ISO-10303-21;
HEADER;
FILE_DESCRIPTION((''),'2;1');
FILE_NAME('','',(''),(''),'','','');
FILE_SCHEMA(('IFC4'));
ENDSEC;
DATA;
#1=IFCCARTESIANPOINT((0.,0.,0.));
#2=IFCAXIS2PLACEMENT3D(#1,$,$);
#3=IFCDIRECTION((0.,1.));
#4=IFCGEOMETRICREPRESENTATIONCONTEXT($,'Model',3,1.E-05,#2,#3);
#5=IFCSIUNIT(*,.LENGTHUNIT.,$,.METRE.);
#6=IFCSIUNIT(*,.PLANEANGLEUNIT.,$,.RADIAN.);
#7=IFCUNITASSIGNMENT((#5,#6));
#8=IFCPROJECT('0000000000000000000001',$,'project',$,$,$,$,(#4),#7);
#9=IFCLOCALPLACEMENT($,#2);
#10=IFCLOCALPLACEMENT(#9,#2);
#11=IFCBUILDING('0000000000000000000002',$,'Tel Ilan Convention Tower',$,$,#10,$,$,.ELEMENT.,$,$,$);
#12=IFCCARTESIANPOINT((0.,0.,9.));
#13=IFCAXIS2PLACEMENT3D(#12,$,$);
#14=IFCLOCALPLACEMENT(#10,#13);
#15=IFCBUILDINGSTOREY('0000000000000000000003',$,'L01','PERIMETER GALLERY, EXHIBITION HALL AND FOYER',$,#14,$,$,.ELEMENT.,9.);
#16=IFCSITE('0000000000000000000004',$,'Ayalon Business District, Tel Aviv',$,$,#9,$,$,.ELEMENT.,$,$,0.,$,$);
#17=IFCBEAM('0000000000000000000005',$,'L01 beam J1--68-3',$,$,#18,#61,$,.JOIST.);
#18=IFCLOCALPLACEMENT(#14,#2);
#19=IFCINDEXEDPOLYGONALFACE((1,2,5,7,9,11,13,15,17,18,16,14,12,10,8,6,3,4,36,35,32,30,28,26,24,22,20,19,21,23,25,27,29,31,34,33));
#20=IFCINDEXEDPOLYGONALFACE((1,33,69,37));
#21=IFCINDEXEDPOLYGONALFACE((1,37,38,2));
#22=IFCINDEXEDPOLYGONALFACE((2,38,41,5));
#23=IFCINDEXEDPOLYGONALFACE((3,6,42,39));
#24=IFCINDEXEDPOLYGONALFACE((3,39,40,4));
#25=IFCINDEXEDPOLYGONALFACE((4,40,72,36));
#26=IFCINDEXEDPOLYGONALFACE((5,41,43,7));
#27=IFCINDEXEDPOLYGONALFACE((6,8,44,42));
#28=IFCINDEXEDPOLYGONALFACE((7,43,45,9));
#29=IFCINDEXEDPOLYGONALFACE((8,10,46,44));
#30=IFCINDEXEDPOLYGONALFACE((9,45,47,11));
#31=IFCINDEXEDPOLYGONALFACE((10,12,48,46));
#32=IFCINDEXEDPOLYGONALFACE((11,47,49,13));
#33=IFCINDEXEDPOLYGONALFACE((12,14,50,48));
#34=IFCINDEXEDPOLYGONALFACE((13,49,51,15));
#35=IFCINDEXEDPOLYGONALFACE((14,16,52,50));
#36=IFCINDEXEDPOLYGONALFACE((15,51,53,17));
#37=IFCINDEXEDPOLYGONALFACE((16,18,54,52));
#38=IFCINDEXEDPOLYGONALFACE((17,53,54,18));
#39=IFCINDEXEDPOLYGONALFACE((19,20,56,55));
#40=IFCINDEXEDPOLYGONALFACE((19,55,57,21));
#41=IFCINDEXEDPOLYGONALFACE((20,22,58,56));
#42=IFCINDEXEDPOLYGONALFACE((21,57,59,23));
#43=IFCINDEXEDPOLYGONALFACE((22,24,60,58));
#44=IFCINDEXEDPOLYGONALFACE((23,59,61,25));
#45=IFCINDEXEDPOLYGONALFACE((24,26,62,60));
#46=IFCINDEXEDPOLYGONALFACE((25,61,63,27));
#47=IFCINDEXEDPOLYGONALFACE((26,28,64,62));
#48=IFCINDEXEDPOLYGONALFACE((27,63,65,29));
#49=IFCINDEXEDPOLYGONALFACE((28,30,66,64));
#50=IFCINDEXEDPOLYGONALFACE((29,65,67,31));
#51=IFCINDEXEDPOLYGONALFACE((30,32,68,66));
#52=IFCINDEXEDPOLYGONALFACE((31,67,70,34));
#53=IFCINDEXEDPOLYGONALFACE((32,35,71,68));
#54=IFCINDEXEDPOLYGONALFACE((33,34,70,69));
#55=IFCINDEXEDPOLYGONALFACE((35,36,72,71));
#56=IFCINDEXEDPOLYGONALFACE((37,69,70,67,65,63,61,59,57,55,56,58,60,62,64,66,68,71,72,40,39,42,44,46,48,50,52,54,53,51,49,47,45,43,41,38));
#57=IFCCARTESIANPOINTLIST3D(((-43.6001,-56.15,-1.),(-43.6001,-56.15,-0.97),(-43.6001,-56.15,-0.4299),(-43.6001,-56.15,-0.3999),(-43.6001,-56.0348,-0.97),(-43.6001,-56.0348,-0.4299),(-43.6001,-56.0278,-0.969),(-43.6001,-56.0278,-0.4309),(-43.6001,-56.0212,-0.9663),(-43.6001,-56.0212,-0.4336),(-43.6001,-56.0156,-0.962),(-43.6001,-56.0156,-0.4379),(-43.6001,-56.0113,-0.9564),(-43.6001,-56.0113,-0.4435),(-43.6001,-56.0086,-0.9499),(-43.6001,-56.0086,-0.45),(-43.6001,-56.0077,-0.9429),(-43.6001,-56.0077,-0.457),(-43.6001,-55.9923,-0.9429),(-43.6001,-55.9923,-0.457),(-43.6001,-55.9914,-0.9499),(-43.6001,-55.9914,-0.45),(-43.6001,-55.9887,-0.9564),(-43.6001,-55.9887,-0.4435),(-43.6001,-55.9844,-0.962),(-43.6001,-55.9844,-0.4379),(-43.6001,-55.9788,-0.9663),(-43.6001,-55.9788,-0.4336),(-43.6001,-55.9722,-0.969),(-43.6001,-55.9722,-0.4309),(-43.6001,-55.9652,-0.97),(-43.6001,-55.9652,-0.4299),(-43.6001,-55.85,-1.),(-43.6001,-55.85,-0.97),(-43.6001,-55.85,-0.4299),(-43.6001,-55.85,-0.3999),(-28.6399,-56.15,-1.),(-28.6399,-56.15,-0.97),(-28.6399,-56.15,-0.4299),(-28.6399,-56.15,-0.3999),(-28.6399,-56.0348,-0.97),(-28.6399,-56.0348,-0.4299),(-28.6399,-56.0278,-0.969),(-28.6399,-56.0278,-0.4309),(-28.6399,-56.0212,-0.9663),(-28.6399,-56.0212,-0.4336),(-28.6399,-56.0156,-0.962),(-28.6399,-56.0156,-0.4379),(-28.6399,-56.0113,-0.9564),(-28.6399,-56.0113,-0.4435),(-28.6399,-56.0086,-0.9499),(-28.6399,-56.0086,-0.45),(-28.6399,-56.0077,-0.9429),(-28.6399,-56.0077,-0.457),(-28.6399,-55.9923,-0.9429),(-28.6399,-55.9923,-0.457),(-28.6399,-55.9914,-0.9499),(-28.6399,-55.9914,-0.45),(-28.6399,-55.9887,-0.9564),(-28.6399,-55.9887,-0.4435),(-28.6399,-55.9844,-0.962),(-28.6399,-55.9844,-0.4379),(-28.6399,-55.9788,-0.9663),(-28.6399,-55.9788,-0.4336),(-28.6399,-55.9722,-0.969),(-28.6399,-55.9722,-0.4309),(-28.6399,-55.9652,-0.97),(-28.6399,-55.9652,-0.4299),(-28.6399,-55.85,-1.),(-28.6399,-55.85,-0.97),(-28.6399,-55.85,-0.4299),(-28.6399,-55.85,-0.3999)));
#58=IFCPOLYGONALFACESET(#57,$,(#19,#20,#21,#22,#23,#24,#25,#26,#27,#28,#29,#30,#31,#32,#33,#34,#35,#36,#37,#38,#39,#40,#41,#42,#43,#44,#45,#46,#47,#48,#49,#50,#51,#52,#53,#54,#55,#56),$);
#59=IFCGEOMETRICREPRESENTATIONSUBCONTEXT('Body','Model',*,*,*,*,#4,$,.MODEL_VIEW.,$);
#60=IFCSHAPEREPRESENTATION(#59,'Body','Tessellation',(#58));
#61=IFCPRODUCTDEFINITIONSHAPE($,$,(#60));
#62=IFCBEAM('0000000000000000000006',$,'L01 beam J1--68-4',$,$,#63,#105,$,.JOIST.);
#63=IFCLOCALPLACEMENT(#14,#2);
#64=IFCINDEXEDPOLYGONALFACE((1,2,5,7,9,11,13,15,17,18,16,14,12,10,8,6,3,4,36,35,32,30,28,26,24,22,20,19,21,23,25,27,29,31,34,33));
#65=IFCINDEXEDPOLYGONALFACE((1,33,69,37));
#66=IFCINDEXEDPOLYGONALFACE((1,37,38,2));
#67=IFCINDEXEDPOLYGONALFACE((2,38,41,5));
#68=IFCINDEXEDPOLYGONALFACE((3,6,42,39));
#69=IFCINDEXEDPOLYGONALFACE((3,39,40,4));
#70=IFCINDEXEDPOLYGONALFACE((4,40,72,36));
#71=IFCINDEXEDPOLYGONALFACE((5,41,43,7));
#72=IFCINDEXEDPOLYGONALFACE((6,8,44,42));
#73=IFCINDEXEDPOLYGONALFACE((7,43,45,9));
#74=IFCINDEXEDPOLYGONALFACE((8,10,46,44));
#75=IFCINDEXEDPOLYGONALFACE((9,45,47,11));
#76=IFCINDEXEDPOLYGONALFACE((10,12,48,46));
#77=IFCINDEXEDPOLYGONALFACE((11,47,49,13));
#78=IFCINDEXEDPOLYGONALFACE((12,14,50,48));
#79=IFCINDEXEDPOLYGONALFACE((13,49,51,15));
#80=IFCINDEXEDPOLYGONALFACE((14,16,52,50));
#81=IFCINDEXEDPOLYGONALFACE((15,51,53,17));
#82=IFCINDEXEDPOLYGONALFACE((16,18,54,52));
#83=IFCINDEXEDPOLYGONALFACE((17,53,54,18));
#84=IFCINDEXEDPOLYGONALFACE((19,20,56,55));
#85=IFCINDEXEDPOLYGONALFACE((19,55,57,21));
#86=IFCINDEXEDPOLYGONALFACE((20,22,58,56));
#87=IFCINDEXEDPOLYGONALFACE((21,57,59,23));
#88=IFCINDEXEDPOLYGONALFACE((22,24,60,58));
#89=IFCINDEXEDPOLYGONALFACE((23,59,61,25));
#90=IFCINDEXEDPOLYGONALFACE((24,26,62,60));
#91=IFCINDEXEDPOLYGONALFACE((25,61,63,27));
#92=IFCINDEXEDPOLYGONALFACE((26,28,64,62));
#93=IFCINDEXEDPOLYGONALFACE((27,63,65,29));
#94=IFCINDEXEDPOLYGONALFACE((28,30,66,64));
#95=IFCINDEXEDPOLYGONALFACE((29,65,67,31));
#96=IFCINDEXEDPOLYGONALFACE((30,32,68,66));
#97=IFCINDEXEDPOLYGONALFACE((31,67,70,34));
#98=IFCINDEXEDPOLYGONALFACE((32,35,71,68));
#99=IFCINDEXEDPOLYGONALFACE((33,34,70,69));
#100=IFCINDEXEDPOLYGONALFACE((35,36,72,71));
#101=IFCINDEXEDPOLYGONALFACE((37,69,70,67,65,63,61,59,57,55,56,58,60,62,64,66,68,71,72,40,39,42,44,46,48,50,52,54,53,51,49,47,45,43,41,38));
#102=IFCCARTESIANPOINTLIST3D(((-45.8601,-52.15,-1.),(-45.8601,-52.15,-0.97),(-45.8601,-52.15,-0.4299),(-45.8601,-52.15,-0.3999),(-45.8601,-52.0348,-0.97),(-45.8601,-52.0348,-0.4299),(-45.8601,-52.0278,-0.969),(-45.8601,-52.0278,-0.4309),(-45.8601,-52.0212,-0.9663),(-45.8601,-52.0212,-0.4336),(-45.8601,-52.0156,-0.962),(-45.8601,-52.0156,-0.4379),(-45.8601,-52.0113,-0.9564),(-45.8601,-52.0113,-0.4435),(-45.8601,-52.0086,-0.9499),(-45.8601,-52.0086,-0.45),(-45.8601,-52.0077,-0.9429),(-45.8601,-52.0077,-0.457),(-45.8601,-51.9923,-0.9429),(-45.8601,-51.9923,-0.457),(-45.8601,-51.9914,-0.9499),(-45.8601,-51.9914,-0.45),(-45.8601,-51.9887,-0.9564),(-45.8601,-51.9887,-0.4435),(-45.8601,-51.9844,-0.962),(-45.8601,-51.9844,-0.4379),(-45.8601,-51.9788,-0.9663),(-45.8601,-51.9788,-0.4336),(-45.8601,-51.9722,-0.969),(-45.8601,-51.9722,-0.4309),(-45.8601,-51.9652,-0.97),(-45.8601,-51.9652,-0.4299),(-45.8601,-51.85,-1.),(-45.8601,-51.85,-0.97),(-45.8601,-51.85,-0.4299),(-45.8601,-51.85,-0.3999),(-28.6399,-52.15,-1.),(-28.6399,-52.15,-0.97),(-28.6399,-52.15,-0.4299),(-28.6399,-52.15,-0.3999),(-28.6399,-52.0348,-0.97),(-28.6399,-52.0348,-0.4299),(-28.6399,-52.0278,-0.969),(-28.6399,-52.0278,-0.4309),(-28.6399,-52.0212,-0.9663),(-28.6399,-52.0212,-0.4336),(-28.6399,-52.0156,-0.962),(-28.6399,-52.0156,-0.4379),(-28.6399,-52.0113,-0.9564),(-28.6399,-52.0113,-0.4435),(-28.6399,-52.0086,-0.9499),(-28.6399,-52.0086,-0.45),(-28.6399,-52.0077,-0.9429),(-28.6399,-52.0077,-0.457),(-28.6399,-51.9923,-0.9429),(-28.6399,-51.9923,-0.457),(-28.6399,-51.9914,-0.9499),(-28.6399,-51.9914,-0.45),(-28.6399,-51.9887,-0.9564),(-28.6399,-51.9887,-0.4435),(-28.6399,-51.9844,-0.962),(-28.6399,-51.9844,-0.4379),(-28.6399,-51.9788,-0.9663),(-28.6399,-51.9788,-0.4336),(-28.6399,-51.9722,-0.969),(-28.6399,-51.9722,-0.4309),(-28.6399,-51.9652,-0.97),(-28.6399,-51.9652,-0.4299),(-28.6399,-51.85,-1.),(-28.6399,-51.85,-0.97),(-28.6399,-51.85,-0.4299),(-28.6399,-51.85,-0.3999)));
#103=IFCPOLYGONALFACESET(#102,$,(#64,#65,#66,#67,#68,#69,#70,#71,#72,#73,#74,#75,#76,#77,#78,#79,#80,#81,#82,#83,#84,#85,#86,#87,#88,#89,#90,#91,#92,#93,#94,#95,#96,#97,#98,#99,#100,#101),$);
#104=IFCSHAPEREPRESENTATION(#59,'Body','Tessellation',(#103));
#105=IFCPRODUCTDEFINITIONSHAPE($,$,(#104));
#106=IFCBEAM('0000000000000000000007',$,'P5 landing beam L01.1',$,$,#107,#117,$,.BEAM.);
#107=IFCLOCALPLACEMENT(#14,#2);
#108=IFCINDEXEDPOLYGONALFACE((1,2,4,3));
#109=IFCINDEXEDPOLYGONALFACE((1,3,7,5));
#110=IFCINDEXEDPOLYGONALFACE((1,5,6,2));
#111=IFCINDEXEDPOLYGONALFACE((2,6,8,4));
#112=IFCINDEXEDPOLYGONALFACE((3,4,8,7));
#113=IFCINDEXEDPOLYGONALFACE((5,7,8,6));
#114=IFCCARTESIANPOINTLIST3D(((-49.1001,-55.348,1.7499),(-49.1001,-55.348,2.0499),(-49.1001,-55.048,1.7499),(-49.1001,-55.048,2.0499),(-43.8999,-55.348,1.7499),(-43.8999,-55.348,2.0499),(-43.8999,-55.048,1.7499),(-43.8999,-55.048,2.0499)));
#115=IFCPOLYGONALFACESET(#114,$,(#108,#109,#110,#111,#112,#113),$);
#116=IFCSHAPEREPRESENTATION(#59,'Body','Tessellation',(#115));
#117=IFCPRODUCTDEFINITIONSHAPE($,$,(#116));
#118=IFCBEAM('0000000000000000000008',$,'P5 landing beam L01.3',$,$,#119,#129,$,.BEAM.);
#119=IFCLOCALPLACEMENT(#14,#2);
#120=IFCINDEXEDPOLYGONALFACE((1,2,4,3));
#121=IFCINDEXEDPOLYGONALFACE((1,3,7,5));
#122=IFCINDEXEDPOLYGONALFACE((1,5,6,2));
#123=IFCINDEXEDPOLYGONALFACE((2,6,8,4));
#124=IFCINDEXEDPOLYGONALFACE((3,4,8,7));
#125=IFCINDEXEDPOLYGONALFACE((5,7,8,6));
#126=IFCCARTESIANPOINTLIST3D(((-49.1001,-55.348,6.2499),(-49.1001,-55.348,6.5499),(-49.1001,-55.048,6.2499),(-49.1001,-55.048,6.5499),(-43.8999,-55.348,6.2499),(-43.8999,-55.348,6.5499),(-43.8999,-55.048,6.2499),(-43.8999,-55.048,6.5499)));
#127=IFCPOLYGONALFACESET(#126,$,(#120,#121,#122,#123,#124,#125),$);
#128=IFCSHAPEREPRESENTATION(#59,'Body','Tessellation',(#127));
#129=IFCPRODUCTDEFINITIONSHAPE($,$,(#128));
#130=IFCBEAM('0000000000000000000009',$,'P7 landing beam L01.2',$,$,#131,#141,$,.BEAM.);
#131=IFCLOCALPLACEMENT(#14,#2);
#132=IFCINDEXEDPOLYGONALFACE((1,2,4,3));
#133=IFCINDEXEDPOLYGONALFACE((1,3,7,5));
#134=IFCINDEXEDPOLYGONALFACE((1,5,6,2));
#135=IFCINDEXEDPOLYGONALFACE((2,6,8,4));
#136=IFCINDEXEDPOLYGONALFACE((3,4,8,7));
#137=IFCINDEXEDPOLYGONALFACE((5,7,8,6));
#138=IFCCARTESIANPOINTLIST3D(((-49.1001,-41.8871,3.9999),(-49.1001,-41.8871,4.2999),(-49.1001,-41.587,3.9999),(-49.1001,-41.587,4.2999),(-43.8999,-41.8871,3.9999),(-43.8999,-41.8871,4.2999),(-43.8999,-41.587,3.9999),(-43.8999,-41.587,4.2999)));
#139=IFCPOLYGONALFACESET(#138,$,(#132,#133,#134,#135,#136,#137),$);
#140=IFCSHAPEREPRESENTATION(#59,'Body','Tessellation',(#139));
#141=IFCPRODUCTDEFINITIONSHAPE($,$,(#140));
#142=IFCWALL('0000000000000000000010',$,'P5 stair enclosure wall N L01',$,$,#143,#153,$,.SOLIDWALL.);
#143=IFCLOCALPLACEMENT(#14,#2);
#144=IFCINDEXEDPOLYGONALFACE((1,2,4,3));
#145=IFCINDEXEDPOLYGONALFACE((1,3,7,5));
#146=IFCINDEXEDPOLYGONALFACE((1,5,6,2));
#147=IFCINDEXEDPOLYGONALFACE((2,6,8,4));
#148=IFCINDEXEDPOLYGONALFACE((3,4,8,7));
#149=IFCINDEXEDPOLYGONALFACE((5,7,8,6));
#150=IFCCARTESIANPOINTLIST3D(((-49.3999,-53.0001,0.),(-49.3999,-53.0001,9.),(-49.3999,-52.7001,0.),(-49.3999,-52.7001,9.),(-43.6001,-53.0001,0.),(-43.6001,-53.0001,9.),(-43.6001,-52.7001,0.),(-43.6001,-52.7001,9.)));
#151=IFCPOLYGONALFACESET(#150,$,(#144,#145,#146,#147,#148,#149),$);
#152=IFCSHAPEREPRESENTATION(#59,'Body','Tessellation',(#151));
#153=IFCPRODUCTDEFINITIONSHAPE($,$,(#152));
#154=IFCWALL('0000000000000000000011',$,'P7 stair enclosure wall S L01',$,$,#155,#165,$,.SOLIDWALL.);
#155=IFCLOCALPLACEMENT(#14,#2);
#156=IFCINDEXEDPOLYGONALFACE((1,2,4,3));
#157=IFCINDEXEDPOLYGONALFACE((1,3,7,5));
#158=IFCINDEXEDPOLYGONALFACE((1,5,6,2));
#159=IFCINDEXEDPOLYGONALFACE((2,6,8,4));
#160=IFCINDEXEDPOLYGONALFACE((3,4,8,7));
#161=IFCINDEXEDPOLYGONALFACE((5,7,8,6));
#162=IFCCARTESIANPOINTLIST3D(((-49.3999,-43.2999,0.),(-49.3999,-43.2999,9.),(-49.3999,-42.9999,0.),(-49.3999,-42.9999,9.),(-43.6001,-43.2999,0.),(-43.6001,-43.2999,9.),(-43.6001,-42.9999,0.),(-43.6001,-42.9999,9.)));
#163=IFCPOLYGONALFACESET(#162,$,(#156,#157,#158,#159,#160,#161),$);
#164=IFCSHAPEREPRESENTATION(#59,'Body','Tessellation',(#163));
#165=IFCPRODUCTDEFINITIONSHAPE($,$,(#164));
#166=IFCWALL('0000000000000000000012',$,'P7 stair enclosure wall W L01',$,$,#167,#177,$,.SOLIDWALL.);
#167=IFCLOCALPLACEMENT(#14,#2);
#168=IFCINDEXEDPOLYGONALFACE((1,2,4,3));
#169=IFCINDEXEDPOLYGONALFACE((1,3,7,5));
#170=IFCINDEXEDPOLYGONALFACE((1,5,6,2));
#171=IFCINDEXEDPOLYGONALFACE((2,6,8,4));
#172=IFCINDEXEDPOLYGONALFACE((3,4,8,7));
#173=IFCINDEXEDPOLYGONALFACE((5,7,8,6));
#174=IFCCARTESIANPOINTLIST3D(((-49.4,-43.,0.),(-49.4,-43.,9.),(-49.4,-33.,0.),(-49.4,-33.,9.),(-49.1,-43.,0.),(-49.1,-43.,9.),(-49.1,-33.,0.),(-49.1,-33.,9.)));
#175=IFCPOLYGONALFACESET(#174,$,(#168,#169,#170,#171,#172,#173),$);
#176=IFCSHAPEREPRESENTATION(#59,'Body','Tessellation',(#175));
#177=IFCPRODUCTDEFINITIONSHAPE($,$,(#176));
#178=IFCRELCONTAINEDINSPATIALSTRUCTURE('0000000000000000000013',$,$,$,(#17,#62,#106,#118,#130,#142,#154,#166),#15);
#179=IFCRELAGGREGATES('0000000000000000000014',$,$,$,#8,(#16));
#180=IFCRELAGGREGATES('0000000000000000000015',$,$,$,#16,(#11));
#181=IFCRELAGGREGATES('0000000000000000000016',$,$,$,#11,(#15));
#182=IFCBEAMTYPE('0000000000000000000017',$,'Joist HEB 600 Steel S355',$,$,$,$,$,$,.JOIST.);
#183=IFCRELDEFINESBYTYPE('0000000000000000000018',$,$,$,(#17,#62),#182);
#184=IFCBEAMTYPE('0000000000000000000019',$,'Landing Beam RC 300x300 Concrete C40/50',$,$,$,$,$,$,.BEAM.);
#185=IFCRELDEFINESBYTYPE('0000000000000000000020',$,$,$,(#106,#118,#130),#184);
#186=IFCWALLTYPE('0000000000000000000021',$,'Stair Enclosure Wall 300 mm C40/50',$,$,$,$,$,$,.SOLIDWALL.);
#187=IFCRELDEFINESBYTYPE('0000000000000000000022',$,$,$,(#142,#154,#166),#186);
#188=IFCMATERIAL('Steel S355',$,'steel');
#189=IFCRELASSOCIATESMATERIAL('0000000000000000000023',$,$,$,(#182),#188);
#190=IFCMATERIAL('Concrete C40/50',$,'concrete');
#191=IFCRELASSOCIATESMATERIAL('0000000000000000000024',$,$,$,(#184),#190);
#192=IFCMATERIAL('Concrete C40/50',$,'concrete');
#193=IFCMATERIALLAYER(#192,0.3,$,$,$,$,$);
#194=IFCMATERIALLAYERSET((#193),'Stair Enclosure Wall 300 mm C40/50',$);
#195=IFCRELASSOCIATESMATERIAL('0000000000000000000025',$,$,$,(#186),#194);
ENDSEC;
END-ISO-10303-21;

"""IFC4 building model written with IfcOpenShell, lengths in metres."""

from ifc_helpers import new_model, si_unit, direction, frame, frame_2d, origin, origin_2d, place, context, subcontext, project, spatial, rectangle, i_section, extrude, material, layer, layer_set, material_profile, profile_set, type_object, element, save


model = new_model("IFC4")

# Units and contexts
model_context = context("Model", 3, precision=1e-05, world=origin(), true_north=direction((0.0, 1.0)))
body_context = subcontext(model_context, "Body", "Model", "MODEL_VIEW")
ifc_project = project(units=[si_unit("LENGTHUNIT", "METRE"), si_unit("PLANEANGLEUNIT", "RADIAN")], contexts=[model_context])

# Site, building, storey
site_placement = place(None, origin())
site = spatial("IfcSite", under=ifc_project, at=site_placement, Name="Ayalon Business District, Tel Aviv", CompositionType="ELEMENT", RefElevation=0.0)
building_placement = place(site_placement, origin())
building = spatial("IfcBuilding", under=site, at=building_placement, Name="Tel Ilan Convention Tower", CompositionType="ELEMENT")
storey_placement = place(building_placement, frame((0.0, 0.0, 9.0)))
storey = spatial("IfcBuildingStorey", under=building, at=storey_placement, Name="L01", Description="PERIMETER GALLERY, EXHIBITION HALL AND FOYER", CompositionType="ELEMENT", Elevation=9.0)

# Beams
ifc_material_1 = material(Name="Steel S355", Category="steel")
ifc_material_profile_1 = material_profile(ifc_material_1, i_section(OverallWidth=0.3, OverallDepth=0.6001, WebThickness=0.0154, FlangeThickness=0.03, FilletRadius=0.0271, at=origin_2d()), Name="HEB 600")
ifc_profile_set_1 = profile_set([ifc_material_profile_1], Name="Steel S355")
beam_type_1 = type_object("IfcBeamType", Name="Joist HEB 600 Steel S355", PredefinedType="JOIST", material=ifc_profile_set_1)
for number, where, z_axis, x_axis, name in (
    (1, (-43.6001, -56.0, -0.7), (1.0, 0.0, 0.0), (0.0, 1.0, 0.0), "L01 beam J1--68-3"),
):
    element("IfcBeam", number, at=place(storey_placement, frame(where, z_axis=z_axis, x_axis=x_axis)), inside=storey, type_object=beam_type_1, Name=name, PredefinedType="JOIST", context=body_context, shape_type="SweptSolid", body=[
        extrude(i_section(OverallWidth=0.3, OverallDepth=0.6001, WebThickness=0.0154, FlangeThickness=0.03, FilletRadius=0.0271, at=origin_2d()), origin(), (0.0, 0.0, 1.0), 14.9602),
    ])
beam_1_placement = place(storey_placement, frame((-45.8601, -52.0, -0.7), z_axis=(1.0, 0.0, 0.0), x_axis=(0.0, 1.0, 0.0)))
element("IfcBeam", 2, at=beam_1_placement, inside=storey, type_object=beam_type_1, Name="L01 beam J1--68-4", PredefinedType="JOIST", context=body_context, shape_type="SweptSolid", body=[
    extrude(i_section(OverallWidth=0.3, OverallDepth=0.6001, WebThickness=0.0154, FlangeThickness=0.03, FilletRadius=0.0271, at=origin_2d()), origin(), (0.0, 0.0, 1.0), 17.2202),
])
ifc_material_2 = material(Name="Concrete C40/50", Category="concrete")
ifc_material_profile_2 = material_profile(ifc_material_2, rectangle(XDim=0.3, YDim=0.3, at=origin_2d()), Name="RC 300x300")
ifc_profile_set_2 = profile_set([ifc_material_profile_2], Name="Concrete C40/50")
beam_type_2 = type_object("IfcBeamType", Name="Landing Beam RC 300x300 Concrete C40/50", PredefinedType="BEAM", material=ifc_profile_set_2)
for number, where, z_axis, x_axis, name in (
    (3, (-43.8999, -55.198, 1.8999), (-1.0, 0.0, 0.0), (0.0, -1.0, 0.0), "P5 landing beam L01.1"),
    (4, (-43.8999, -55.198, 6.3999), (-1.0, 0.0, 0.0), (0.0, -1.0, 0.0), "P5 landing beam L01.3"),
    (5, (-43.8999, -41.7371, 4.1499), (-1.0, 0.0, 0.0), (0.0, -1.0, 0.0), "P7 landing beam L01.2"),
):
    element("IfcBeam", number, at=place(storey_placement, frame(where, z_axis=z_axis, x_axis=x_axis)), inside=storey, type_object=beam_type_2, Name=name, PredefinedType="BEAM", context=body_context, shape_type="SweptSolid", body=[
        extrude(rectangle(XDim=0.3, YDim=0.3, at=origin_2d()), origin(), (0.0, 0.0, 1.0), 5.2002),
    ])

# Walls
ifc_material_3 = material(Name="Concrete C40/50", Category="concrete")
ifc_layer = layer(ifc_material_3, 0.3)
ifc_layer_set = layer_set([ifc_layer], Name="Stair Enclosure Wall 300 mm C40/50")
wall_type = type_object("IfcWallType", Name="Stair Enclosure Wall 300 mm C40/50", PredefinedType="SOLIDWALL", material=ifc_layer_set)
for number, where, z_axis, x_axis, name in (
    (6, (-49.3999, -52.8501, 0.0), (0.0, 0.0, 1.0), (1.0, 0.0, 0.0), "P5 stair enclosure wall N L01"),
    (7, (-49.3999, -43.1499, 0.0), (0.0, 0.0, 1.0), (1.0, 0.0, 0.0), "P7 stair enclosure wall S L01"),
):
    element("IfcWall", number, at=place(storey_placement, frame(where, z_axis=z_axis, x_axis=x_axis)), inside=storey, type_object=wall_type, Name=name, PredefinedType="SOLIDWALL", context=body_context, shape_type="SweptSolid", body=[
        extrude(rectangle(XDim=5.7998, YDim=0.3, at=frame_2d((2.8999, 0.0))), origin(), (0.0, 0.0, 1.0), 9.0),
    ])
wall_1_placement = place(storey_placement, frame((-49.25, -43.0, 0.0), z_axis=(0.0, 0.0, 1.0), x_axis=(0.0, 1.0, 0.0)))
element("IfcWall", 8, at=wall_1_placement, inside=storey, type_object=wall_type, Name="P7 stair enclosure wall W L01", PredefinedType="SOLIDWALL", context=body_context, shape_type="SweptSolid", body=[
    extrude(rectangle(XDim=10.0, YDim=0.3, at=frame_2d((5.0, 0.0))), origin(), (0.0, 0.0, 1.0), 9.0),
])

save(model, "model.ifc")
